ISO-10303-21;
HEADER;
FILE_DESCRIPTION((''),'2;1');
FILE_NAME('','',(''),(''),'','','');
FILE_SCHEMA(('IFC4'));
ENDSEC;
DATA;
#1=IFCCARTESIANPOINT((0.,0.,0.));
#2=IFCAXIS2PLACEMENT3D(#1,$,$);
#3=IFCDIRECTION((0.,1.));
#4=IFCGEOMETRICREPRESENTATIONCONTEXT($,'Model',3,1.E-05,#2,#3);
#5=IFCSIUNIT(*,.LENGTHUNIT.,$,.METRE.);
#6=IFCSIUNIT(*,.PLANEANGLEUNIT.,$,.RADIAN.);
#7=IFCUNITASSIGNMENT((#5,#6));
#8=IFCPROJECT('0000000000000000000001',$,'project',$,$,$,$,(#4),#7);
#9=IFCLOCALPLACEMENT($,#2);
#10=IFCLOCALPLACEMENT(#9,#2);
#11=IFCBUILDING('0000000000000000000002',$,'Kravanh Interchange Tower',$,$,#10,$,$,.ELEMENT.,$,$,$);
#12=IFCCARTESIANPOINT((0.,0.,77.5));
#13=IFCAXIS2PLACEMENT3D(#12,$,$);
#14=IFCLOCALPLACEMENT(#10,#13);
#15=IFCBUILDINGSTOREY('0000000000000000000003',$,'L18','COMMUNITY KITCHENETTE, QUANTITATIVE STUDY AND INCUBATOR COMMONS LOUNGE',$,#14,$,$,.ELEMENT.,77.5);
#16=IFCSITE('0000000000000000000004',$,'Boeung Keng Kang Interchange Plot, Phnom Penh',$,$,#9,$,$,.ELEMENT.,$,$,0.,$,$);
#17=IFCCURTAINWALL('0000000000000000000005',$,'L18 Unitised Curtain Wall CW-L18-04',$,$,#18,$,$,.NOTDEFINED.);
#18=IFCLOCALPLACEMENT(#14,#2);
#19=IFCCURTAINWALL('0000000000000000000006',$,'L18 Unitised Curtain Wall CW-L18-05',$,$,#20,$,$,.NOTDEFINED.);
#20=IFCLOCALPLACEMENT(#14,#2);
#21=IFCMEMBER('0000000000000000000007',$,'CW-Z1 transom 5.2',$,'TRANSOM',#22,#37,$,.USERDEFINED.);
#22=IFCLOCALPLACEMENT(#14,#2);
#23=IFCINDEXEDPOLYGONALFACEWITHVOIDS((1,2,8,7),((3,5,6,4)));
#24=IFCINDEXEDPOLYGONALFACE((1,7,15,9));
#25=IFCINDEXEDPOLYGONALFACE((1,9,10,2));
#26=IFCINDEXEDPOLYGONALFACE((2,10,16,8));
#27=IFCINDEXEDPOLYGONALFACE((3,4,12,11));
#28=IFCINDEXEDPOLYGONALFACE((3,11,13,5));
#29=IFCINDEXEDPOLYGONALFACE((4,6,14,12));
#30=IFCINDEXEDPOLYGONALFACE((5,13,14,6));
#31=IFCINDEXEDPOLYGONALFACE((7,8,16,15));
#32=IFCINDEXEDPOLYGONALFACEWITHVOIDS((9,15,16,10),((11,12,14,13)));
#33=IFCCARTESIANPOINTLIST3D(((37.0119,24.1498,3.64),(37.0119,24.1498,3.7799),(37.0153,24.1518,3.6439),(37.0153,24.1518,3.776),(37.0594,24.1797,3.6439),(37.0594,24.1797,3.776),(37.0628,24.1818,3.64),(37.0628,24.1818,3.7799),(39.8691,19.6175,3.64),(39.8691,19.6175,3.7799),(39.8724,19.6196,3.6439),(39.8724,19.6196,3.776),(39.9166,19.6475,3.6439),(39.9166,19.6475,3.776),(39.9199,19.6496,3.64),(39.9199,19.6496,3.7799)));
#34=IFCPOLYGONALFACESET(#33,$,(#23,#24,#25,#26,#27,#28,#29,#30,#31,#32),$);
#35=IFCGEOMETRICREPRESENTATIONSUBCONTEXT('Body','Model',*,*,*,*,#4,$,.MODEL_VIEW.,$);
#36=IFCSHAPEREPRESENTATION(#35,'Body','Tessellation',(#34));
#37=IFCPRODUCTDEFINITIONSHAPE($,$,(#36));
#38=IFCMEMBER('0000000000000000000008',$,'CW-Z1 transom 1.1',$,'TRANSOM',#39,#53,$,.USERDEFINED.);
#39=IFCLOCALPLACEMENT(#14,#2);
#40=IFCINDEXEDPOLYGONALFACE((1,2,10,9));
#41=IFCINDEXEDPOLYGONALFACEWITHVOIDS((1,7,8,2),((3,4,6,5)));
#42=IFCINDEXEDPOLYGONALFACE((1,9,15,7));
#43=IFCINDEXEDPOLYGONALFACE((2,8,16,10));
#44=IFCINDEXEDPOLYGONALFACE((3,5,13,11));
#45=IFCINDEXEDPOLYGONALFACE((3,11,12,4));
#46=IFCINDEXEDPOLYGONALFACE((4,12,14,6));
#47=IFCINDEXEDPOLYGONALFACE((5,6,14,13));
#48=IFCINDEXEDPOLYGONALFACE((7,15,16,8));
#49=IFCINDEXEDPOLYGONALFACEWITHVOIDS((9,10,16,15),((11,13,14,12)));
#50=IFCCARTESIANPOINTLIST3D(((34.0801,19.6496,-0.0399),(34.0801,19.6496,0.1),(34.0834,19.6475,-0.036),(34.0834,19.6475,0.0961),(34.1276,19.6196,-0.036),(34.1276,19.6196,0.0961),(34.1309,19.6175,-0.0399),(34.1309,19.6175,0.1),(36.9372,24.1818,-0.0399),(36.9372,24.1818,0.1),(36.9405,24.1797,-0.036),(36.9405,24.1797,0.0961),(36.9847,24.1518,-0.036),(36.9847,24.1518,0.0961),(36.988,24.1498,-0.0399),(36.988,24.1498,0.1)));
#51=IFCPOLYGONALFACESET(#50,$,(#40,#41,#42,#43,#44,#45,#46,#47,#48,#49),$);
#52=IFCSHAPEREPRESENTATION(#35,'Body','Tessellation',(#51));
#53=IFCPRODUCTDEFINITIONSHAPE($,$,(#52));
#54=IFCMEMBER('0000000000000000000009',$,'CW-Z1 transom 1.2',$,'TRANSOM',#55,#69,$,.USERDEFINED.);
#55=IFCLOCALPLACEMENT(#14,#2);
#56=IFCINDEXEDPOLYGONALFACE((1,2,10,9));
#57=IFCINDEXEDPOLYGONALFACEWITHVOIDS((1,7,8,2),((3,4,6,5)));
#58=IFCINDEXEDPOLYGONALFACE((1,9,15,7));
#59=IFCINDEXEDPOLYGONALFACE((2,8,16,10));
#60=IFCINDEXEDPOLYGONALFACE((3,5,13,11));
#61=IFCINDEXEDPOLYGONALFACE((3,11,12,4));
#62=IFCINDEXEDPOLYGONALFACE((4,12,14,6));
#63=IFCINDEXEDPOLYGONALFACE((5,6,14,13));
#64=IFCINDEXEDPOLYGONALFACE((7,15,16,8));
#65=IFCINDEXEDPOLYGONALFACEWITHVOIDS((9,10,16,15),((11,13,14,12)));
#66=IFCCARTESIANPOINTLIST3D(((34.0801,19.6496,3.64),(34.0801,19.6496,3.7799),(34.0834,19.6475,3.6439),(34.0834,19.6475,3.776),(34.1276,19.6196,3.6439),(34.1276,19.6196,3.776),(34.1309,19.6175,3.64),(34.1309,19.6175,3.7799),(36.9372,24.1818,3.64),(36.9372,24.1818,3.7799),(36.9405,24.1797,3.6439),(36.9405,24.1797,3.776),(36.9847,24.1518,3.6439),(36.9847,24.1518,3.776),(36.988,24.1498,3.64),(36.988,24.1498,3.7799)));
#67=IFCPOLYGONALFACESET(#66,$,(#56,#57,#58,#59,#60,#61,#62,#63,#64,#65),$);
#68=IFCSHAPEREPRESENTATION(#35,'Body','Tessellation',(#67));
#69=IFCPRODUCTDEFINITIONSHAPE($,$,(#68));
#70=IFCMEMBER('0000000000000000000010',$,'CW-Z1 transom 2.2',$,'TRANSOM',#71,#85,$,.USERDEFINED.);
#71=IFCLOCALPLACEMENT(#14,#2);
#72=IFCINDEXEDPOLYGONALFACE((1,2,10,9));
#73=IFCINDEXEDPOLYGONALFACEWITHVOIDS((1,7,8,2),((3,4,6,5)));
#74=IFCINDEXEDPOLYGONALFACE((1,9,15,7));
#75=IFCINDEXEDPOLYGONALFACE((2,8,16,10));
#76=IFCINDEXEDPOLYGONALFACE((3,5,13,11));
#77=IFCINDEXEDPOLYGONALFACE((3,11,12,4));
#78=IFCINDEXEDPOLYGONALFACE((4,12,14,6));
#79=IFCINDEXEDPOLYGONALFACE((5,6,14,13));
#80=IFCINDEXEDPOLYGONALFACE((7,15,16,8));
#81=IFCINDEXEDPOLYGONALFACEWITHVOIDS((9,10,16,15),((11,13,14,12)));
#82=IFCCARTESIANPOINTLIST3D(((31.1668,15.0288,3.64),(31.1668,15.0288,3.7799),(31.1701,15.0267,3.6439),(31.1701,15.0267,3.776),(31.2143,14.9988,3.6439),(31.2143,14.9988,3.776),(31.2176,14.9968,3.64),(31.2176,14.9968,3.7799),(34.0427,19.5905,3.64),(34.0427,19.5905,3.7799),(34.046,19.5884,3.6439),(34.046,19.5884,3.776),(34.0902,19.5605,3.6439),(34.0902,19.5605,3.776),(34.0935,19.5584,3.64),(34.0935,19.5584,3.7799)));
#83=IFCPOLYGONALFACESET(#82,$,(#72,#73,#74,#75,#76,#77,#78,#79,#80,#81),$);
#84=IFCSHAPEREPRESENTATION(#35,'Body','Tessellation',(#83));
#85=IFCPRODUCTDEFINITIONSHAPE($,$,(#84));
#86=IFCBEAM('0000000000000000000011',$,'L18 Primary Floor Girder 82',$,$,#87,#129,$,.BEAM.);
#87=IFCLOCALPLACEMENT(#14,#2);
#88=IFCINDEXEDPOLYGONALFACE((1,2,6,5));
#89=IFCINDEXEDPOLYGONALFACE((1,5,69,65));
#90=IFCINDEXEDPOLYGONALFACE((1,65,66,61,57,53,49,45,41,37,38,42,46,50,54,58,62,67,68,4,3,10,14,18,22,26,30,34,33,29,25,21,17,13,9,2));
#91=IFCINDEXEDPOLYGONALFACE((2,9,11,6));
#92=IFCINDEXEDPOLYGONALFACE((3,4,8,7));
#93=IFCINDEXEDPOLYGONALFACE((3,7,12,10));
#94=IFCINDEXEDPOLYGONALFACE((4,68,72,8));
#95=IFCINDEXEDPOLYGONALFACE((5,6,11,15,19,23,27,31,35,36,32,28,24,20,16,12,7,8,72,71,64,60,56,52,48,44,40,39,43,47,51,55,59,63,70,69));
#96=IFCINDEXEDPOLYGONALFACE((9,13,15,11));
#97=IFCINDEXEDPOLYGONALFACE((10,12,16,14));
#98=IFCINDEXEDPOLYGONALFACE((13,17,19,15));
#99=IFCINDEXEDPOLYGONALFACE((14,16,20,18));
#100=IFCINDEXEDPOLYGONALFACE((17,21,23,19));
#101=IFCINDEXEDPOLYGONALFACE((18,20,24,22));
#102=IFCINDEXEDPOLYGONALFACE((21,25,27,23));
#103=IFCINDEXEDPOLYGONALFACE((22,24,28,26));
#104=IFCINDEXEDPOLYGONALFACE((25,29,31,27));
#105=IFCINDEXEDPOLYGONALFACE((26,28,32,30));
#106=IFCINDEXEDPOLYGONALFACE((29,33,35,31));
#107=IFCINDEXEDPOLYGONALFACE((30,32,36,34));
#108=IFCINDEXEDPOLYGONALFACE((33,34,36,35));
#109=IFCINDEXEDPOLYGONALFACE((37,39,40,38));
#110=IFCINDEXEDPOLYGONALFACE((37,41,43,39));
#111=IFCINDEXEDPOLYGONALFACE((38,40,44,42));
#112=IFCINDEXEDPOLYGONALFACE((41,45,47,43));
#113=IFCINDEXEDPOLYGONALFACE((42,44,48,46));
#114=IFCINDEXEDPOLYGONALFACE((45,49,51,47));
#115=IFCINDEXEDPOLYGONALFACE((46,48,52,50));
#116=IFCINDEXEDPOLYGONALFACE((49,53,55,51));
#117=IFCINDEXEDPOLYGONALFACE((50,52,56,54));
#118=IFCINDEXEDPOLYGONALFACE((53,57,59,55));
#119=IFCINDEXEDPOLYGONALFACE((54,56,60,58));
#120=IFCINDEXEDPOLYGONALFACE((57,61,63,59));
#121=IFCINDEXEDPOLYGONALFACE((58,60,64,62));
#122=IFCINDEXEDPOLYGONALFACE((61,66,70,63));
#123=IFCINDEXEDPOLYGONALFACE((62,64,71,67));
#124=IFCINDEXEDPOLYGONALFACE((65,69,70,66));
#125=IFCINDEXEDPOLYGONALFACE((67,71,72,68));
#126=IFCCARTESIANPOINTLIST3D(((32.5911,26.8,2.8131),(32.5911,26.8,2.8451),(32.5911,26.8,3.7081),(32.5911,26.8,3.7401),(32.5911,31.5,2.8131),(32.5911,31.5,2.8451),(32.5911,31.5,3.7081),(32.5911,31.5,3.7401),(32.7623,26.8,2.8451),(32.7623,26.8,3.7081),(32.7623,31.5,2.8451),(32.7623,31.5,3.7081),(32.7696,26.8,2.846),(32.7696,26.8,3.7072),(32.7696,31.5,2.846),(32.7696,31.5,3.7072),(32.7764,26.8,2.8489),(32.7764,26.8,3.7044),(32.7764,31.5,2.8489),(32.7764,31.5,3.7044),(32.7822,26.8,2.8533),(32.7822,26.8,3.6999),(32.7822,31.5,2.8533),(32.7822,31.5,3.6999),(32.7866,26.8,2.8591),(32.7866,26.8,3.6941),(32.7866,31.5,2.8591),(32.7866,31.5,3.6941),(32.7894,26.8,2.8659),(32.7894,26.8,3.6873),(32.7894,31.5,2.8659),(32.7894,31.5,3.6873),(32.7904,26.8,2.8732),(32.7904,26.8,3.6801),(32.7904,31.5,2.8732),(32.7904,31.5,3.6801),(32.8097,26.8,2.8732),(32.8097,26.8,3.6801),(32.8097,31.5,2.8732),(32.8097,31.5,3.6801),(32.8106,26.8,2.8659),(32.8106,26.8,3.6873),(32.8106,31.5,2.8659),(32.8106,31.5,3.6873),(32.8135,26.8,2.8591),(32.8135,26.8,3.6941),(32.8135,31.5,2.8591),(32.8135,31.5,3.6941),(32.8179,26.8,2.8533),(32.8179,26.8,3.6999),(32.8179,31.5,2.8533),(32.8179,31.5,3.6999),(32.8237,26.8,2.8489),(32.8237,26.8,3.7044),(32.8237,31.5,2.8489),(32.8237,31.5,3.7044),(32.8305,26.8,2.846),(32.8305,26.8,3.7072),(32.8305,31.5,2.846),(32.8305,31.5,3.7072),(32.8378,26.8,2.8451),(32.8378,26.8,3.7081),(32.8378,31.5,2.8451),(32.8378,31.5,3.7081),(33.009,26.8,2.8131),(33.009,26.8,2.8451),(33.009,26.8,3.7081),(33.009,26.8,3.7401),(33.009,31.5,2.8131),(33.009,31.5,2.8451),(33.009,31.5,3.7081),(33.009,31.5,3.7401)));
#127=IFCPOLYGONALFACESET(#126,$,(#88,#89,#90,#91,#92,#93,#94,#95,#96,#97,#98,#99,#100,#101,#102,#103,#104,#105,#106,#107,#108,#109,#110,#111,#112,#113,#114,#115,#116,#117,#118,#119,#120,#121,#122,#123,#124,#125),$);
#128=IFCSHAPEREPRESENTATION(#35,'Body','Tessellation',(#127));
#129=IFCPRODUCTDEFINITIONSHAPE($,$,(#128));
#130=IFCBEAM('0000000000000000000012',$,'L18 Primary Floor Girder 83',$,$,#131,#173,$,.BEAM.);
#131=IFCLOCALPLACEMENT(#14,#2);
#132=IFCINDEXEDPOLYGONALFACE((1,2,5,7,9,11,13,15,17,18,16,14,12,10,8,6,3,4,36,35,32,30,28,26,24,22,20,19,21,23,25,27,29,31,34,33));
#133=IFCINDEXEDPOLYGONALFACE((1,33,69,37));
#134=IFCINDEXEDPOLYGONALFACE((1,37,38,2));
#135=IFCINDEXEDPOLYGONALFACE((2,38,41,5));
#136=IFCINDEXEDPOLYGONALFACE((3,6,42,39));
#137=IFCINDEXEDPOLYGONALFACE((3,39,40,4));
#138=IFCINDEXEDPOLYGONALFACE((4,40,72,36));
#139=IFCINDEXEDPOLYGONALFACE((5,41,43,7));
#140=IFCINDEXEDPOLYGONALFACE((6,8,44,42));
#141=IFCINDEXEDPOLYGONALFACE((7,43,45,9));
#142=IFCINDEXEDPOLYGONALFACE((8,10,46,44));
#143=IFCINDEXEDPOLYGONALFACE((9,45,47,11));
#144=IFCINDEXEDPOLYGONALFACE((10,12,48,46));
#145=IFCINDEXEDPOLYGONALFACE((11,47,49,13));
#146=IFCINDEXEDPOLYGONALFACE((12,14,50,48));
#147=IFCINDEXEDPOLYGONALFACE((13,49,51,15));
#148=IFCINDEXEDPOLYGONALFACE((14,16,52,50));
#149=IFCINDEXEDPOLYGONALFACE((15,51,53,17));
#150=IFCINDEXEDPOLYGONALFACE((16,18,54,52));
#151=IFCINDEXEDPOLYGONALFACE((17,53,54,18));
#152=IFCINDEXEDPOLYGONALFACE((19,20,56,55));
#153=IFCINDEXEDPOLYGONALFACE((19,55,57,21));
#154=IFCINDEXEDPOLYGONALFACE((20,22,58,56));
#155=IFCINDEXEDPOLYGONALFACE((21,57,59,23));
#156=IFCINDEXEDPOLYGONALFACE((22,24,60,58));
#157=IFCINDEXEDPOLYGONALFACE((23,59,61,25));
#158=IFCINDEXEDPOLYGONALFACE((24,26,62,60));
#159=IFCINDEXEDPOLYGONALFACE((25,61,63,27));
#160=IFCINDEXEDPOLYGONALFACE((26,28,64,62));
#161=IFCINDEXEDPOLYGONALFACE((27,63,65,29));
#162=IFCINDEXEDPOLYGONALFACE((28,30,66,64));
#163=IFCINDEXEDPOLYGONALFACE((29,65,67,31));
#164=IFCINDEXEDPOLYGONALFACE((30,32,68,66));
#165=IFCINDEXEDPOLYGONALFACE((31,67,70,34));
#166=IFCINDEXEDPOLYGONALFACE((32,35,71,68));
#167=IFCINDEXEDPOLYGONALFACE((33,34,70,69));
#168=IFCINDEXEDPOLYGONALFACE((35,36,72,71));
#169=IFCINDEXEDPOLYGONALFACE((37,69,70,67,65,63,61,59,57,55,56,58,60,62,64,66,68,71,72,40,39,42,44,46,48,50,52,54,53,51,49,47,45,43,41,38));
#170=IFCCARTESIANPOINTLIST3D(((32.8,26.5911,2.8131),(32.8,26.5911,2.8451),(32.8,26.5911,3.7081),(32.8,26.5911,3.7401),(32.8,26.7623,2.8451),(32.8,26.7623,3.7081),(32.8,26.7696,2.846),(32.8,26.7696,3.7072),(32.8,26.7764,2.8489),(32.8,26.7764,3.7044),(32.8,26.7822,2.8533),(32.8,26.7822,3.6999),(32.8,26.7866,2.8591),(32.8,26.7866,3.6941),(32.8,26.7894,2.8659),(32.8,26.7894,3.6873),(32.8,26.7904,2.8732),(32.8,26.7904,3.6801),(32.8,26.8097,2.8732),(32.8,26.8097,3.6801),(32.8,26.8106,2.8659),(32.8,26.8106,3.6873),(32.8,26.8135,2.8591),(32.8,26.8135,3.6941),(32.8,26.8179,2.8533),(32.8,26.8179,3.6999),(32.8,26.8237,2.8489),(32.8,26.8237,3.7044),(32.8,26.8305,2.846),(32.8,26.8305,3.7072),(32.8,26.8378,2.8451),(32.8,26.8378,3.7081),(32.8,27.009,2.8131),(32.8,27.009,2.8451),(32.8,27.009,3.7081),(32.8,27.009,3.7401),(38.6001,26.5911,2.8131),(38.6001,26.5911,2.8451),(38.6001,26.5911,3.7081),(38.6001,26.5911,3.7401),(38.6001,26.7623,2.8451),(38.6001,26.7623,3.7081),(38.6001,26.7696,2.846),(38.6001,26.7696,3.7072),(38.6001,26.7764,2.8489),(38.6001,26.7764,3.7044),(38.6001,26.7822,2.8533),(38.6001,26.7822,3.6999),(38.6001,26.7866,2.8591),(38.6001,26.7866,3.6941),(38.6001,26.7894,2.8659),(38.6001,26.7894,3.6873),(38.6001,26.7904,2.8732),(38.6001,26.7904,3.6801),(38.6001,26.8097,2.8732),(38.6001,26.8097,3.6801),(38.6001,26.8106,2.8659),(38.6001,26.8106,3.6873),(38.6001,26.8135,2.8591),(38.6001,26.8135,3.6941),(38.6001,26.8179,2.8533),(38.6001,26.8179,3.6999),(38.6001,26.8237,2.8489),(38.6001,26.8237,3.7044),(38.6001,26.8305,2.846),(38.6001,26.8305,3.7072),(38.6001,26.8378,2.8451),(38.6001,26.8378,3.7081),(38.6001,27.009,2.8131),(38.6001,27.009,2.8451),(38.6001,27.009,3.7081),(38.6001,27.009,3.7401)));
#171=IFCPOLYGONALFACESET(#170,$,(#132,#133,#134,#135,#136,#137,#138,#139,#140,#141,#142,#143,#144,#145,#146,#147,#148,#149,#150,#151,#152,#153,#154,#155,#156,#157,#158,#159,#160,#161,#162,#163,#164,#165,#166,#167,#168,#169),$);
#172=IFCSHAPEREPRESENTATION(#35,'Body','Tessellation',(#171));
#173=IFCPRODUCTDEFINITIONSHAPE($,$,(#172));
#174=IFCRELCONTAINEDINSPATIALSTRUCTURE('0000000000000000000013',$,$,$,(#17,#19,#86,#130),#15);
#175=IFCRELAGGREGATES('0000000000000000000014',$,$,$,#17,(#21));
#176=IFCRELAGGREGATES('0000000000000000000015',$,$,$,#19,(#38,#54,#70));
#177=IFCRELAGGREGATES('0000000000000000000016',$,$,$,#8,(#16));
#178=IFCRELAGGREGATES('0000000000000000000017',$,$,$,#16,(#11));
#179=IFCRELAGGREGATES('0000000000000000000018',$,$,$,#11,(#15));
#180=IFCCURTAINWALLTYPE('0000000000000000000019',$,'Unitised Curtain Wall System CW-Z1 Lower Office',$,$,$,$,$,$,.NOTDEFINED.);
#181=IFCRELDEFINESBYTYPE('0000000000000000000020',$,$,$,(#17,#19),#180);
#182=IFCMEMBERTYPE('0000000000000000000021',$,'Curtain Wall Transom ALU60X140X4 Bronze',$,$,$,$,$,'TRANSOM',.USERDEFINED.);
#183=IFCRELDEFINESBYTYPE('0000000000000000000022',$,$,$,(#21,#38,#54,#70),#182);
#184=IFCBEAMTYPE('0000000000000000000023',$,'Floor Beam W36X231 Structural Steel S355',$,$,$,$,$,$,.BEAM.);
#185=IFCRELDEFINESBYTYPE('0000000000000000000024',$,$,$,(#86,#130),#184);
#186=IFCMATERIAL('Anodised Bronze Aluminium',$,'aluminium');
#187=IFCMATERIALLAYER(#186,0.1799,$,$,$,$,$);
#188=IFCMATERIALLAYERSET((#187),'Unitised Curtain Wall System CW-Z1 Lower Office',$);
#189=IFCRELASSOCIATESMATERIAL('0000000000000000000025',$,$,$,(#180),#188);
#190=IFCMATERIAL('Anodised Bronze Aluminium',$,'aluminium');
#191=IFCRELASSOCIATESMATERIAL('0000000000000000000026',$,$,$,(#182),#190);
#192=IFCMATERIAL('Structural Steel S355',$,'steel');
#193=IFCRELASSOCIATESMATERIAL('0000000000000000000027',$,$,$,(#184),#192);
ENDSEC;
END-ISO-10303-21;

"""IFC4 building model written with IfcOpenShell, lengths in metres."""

from ifc_helpers import new_model, si_unit, direction, frame, origin, origin_2d, place, context, subcontext, project, spatial, hollow_rectangle, i_section, extrude, material, layer, layer_set, material_profile, profile_set, type_object, element, aggregate, save


model = new_model("IFC4")

# Units and contexts
model_context = context("Model", 3, precision=1e-05, world=origin(), true_north=direction((0.0, 1.0)))
body_context = subcontext(model_context, "Body", "Model", "MODEL_VIEW")
ifc_project = project(units=[si_unit("LENGTHUNIT", "METRE"), si_unit("PLANEANGLEUNIT", "RADIAN")], contexts=[model_context])

# Site, building, storey
site_placement = place(None, origin())
site = spatial("IfcSite", under=ifc_project, at=site_placement, Name="Boeung Keng Kang Interchange Plot, Phnom Penh", CompositionType="ELEMENT", RefElevation=0.0)
building_placement = place(site_placement, origin())
building = spatial("IfcBuilding", under=site, at=building_placement, Name="Kravanh Interchange Tower", CompositionType="ELEMENT")
storey_placement = place(building_placement, frame((0.0, 0.0, 77.5)))
storey = spatial("IfcBuildingStorey", under=building, at=storey_placement, Name="L18", Description="COMMUNITY KITCHENETTE, QUANTITATIVE STUDY AND INCUBATOR COMMONS LOUNGE", CompositionType="ELEMENT", Elevation=77.5)

# Curtain walls
ifc_material_1 = material(Name="Anodised Bronze Aluminium", Category="aluminium")
ifc_layer_1 = layer(ifc_material_1, 0.1799)
ifc_layer_set_1 = layer_set([ifc_layer_1], Name="Unitised Curtain Wall System CW-Z1 Lower Office")
curtain_wall_type = type_object("IfcCurtainWallType", Name="Unitised Curtain Wall System CW-Z1 Lower Office", PredefinedType="NOTDEFINED", material=ifc_layer_set_1)
curtain_wall_1_placement = place(storey_placement, origin())
curtain_wall_1 = element("IfcCurtainWall", 1, at=curtain_wall_1_placement, inside=storey, type_object=curtain_wall_type, Name="L18 Unitised Curtain Wall CW-L18-04", PredefinedType="NOTDEFINED")
curtain_wall_2_placement = place(storey_placement, origin())
curtain_wall_2 = element("IfcCurtainWall", 2, at=curtain_wall_2_placement, inside=storey, type_object=curtain_wall_type, Name="L18 Unitised Curtain Wall CW-L18-05", PredefinedType="NOTDEFINED")

# Members
ifc_material_2 = material(Name="Anodised Bronze Aluminium", Category="aluminium")
ifc_material_profile_1 = material_profile(ifc_material_2, hollow_rectangle(XDim=0.0601, YDim=0.1399, WallThickness=0.0039, at=origin_2d()), Name="ALU60X140X4")
ifc_profile_set_1 = profile_set([ifc_material_profile_1], Name="Anodised Bronze Aluminium")
member_type_1 = type_object("IfcMemberType", Name="Curtain Wall Transom ALU60X140X4 Bronze", ElementType="TRANSOM", PredefinedType="USERDEFINED", material=ifc_profile_set_1)
member_1_placement = place(storey_placement, frame((39.8945, 19.6335, 3.71), z_axis=(-0.533288, 0.845934, 0.0), x_axis=(-0.845934, -0.533288, 0.0)))
member_1 = element("IfcMember", 3, at=member_1_placement, type_object=member_type_1, Name="CW-Z1 transom 5.2", ObjectType="TRANSOM", PredefinedType="USERDEFINED", context=body_context, shape_type="SweptSolid", body=[
    extrude(hollow_rectangle(XDim=0.0601, YDim=0.1399, WallThickness=0.0039, at=origin_2d()), origin(), (0.0, 0.0, 1.0), 5.3577),
])
member_2_placement = place(storey_placement, frame((36.9626, 24.1658, 0.03), z_axis=(-0.533288, -0.845934, 0.0), x_axis=(0.845934, -0.533288, 0.0)))
member_2 = element("IfcMember", 4, at=member_2_placement, type_object=member_type_1, Name="CW-Z1 transom 1.1", ObjectType="TRANSOM", PredefinedType="USERDEFINED", context=body_context, shape_type="SweptSolid", body=[
    extrude(hollow_rectangle(XDim=0.0601, YDim=0.1399, WallThickness=0.0039, at=origin_2d()), origin(), (0.0, 0.0, 1.0), 5.3577),
])
member_3_placement = place(storey_placement, frame((36.9626, 24.1658, 3.71), z_axis=(-0.533288, -0.845934, 0.0), x_axis=(0.845934, -0.533288, 0.0)))
member_3 = element("IfcMember", 5, at=member_3_placement, type_object=member_type_1, Name="CW-Z1 transom 1.2", ObjectType="TRANSOM", PredefinedType="USERDEFINED", context=body_context, shape_type="SweptSolid", body=[
    extrude(hollow_rectangle(XDim=0.0601, YDim=0.1399, WallThickness=0.0039, at=origin_2d()), origin(), (0.0, 0.0, 1.0), 5.3577),
])
member_4_placement = place(storey_placement, frame((34.0681, 19.5745, 3.71), z_axis=(-0.533311, -0.845919, 0.0), x_axis=(0.845919, -0.533311, 0.0)))
member_4 = element("IfcMember", 6, at=member_4_placement, type_object=member_type_1, Name="CW-Z1 transom 2.2", ObjectType="TRANSOM", PredefinedType="USERDEFINED", context=body_context, shape_type="SweptSolid", body=[
    extrude(hollow_rectangle(XDim=0.0601, YDim=0.1399, WallThickness=0.0039, at=origin_2d()), origin(), (0.0, 0.0, 1.0), 5.3926),
])

# Beams
ifc_material_3 = material(Name="Structural Steel S355", Category="steel")
ifc_material_profile_2 = material_profile(ifc_material_3, i_section(OverallWidth=0.418, OverallDepth=0.927, WebThickness=0.0193, FlangeThickness=0.032, FilletRadius=0.0281, at=origin_2d()), Name="W36X231")
ifc_profile_set_2 = profile_set([ifc_material_profile_2], Name="Structural Steel S355")
beam_type_1 = type_object("IfcBeamType", Name="Floor Beam W36X231 Structural Steel S355", PredefinedType="BEAM", material=ifc_profile_set_2)
beam_1_placement = place(storey_placement, frame((32.8, 26.8, 3.2766), z_axis=(0.0, 1.0, 0.0), x_axis=(-1.0, 0.0, 0.0)))
element("IfcBeam", 7, at=beam_1_placement, inside=storey, type_object=beam_type_1, Name="L18 Primary Floor Girder 82", PredefinedType="BEAM", context=body_context, shape_type="SweptSolid", body=[
    extrude(i_section(OverallWidth=0.418, OverallDepth=0.927, WebThickness=0.0193, FlangeThickness=0.032, FilletRadius=0.0281, at=origin_2d()), origin(), (0.0, 0.0, 1.0), 4.7),
])
beam_2_placement = place(storey_placement, frame((32.8, 26.8, 3.2766), z_axis=(1.0, 0.0, 0.0), x_axis=(0.0, 1.0, 0.0)))
element("IfcBeam", 8, at=beam_2_placement, inside=storey, type_object=beam_type_1, Name="L18 Primary Floor Girder 83", PredefinedType="BEAM", context=body_context, shape_type="SweptSolid", body=[
    extrude(i_section(OverallWidth=0.418, OverallDepth=0.927, WebThickness=0.0193, FlangeThickness=0.032, FilletRadius=0.0281, at=origin_2d()), origin(), (0.0, 0.0, 1.0), 5.8),
])

aggregate(curtain_wall_1, [member_1])
aggregate(curtain_wall_2, [member_2, member_3, member_4])

save(model, "model.ifc")
